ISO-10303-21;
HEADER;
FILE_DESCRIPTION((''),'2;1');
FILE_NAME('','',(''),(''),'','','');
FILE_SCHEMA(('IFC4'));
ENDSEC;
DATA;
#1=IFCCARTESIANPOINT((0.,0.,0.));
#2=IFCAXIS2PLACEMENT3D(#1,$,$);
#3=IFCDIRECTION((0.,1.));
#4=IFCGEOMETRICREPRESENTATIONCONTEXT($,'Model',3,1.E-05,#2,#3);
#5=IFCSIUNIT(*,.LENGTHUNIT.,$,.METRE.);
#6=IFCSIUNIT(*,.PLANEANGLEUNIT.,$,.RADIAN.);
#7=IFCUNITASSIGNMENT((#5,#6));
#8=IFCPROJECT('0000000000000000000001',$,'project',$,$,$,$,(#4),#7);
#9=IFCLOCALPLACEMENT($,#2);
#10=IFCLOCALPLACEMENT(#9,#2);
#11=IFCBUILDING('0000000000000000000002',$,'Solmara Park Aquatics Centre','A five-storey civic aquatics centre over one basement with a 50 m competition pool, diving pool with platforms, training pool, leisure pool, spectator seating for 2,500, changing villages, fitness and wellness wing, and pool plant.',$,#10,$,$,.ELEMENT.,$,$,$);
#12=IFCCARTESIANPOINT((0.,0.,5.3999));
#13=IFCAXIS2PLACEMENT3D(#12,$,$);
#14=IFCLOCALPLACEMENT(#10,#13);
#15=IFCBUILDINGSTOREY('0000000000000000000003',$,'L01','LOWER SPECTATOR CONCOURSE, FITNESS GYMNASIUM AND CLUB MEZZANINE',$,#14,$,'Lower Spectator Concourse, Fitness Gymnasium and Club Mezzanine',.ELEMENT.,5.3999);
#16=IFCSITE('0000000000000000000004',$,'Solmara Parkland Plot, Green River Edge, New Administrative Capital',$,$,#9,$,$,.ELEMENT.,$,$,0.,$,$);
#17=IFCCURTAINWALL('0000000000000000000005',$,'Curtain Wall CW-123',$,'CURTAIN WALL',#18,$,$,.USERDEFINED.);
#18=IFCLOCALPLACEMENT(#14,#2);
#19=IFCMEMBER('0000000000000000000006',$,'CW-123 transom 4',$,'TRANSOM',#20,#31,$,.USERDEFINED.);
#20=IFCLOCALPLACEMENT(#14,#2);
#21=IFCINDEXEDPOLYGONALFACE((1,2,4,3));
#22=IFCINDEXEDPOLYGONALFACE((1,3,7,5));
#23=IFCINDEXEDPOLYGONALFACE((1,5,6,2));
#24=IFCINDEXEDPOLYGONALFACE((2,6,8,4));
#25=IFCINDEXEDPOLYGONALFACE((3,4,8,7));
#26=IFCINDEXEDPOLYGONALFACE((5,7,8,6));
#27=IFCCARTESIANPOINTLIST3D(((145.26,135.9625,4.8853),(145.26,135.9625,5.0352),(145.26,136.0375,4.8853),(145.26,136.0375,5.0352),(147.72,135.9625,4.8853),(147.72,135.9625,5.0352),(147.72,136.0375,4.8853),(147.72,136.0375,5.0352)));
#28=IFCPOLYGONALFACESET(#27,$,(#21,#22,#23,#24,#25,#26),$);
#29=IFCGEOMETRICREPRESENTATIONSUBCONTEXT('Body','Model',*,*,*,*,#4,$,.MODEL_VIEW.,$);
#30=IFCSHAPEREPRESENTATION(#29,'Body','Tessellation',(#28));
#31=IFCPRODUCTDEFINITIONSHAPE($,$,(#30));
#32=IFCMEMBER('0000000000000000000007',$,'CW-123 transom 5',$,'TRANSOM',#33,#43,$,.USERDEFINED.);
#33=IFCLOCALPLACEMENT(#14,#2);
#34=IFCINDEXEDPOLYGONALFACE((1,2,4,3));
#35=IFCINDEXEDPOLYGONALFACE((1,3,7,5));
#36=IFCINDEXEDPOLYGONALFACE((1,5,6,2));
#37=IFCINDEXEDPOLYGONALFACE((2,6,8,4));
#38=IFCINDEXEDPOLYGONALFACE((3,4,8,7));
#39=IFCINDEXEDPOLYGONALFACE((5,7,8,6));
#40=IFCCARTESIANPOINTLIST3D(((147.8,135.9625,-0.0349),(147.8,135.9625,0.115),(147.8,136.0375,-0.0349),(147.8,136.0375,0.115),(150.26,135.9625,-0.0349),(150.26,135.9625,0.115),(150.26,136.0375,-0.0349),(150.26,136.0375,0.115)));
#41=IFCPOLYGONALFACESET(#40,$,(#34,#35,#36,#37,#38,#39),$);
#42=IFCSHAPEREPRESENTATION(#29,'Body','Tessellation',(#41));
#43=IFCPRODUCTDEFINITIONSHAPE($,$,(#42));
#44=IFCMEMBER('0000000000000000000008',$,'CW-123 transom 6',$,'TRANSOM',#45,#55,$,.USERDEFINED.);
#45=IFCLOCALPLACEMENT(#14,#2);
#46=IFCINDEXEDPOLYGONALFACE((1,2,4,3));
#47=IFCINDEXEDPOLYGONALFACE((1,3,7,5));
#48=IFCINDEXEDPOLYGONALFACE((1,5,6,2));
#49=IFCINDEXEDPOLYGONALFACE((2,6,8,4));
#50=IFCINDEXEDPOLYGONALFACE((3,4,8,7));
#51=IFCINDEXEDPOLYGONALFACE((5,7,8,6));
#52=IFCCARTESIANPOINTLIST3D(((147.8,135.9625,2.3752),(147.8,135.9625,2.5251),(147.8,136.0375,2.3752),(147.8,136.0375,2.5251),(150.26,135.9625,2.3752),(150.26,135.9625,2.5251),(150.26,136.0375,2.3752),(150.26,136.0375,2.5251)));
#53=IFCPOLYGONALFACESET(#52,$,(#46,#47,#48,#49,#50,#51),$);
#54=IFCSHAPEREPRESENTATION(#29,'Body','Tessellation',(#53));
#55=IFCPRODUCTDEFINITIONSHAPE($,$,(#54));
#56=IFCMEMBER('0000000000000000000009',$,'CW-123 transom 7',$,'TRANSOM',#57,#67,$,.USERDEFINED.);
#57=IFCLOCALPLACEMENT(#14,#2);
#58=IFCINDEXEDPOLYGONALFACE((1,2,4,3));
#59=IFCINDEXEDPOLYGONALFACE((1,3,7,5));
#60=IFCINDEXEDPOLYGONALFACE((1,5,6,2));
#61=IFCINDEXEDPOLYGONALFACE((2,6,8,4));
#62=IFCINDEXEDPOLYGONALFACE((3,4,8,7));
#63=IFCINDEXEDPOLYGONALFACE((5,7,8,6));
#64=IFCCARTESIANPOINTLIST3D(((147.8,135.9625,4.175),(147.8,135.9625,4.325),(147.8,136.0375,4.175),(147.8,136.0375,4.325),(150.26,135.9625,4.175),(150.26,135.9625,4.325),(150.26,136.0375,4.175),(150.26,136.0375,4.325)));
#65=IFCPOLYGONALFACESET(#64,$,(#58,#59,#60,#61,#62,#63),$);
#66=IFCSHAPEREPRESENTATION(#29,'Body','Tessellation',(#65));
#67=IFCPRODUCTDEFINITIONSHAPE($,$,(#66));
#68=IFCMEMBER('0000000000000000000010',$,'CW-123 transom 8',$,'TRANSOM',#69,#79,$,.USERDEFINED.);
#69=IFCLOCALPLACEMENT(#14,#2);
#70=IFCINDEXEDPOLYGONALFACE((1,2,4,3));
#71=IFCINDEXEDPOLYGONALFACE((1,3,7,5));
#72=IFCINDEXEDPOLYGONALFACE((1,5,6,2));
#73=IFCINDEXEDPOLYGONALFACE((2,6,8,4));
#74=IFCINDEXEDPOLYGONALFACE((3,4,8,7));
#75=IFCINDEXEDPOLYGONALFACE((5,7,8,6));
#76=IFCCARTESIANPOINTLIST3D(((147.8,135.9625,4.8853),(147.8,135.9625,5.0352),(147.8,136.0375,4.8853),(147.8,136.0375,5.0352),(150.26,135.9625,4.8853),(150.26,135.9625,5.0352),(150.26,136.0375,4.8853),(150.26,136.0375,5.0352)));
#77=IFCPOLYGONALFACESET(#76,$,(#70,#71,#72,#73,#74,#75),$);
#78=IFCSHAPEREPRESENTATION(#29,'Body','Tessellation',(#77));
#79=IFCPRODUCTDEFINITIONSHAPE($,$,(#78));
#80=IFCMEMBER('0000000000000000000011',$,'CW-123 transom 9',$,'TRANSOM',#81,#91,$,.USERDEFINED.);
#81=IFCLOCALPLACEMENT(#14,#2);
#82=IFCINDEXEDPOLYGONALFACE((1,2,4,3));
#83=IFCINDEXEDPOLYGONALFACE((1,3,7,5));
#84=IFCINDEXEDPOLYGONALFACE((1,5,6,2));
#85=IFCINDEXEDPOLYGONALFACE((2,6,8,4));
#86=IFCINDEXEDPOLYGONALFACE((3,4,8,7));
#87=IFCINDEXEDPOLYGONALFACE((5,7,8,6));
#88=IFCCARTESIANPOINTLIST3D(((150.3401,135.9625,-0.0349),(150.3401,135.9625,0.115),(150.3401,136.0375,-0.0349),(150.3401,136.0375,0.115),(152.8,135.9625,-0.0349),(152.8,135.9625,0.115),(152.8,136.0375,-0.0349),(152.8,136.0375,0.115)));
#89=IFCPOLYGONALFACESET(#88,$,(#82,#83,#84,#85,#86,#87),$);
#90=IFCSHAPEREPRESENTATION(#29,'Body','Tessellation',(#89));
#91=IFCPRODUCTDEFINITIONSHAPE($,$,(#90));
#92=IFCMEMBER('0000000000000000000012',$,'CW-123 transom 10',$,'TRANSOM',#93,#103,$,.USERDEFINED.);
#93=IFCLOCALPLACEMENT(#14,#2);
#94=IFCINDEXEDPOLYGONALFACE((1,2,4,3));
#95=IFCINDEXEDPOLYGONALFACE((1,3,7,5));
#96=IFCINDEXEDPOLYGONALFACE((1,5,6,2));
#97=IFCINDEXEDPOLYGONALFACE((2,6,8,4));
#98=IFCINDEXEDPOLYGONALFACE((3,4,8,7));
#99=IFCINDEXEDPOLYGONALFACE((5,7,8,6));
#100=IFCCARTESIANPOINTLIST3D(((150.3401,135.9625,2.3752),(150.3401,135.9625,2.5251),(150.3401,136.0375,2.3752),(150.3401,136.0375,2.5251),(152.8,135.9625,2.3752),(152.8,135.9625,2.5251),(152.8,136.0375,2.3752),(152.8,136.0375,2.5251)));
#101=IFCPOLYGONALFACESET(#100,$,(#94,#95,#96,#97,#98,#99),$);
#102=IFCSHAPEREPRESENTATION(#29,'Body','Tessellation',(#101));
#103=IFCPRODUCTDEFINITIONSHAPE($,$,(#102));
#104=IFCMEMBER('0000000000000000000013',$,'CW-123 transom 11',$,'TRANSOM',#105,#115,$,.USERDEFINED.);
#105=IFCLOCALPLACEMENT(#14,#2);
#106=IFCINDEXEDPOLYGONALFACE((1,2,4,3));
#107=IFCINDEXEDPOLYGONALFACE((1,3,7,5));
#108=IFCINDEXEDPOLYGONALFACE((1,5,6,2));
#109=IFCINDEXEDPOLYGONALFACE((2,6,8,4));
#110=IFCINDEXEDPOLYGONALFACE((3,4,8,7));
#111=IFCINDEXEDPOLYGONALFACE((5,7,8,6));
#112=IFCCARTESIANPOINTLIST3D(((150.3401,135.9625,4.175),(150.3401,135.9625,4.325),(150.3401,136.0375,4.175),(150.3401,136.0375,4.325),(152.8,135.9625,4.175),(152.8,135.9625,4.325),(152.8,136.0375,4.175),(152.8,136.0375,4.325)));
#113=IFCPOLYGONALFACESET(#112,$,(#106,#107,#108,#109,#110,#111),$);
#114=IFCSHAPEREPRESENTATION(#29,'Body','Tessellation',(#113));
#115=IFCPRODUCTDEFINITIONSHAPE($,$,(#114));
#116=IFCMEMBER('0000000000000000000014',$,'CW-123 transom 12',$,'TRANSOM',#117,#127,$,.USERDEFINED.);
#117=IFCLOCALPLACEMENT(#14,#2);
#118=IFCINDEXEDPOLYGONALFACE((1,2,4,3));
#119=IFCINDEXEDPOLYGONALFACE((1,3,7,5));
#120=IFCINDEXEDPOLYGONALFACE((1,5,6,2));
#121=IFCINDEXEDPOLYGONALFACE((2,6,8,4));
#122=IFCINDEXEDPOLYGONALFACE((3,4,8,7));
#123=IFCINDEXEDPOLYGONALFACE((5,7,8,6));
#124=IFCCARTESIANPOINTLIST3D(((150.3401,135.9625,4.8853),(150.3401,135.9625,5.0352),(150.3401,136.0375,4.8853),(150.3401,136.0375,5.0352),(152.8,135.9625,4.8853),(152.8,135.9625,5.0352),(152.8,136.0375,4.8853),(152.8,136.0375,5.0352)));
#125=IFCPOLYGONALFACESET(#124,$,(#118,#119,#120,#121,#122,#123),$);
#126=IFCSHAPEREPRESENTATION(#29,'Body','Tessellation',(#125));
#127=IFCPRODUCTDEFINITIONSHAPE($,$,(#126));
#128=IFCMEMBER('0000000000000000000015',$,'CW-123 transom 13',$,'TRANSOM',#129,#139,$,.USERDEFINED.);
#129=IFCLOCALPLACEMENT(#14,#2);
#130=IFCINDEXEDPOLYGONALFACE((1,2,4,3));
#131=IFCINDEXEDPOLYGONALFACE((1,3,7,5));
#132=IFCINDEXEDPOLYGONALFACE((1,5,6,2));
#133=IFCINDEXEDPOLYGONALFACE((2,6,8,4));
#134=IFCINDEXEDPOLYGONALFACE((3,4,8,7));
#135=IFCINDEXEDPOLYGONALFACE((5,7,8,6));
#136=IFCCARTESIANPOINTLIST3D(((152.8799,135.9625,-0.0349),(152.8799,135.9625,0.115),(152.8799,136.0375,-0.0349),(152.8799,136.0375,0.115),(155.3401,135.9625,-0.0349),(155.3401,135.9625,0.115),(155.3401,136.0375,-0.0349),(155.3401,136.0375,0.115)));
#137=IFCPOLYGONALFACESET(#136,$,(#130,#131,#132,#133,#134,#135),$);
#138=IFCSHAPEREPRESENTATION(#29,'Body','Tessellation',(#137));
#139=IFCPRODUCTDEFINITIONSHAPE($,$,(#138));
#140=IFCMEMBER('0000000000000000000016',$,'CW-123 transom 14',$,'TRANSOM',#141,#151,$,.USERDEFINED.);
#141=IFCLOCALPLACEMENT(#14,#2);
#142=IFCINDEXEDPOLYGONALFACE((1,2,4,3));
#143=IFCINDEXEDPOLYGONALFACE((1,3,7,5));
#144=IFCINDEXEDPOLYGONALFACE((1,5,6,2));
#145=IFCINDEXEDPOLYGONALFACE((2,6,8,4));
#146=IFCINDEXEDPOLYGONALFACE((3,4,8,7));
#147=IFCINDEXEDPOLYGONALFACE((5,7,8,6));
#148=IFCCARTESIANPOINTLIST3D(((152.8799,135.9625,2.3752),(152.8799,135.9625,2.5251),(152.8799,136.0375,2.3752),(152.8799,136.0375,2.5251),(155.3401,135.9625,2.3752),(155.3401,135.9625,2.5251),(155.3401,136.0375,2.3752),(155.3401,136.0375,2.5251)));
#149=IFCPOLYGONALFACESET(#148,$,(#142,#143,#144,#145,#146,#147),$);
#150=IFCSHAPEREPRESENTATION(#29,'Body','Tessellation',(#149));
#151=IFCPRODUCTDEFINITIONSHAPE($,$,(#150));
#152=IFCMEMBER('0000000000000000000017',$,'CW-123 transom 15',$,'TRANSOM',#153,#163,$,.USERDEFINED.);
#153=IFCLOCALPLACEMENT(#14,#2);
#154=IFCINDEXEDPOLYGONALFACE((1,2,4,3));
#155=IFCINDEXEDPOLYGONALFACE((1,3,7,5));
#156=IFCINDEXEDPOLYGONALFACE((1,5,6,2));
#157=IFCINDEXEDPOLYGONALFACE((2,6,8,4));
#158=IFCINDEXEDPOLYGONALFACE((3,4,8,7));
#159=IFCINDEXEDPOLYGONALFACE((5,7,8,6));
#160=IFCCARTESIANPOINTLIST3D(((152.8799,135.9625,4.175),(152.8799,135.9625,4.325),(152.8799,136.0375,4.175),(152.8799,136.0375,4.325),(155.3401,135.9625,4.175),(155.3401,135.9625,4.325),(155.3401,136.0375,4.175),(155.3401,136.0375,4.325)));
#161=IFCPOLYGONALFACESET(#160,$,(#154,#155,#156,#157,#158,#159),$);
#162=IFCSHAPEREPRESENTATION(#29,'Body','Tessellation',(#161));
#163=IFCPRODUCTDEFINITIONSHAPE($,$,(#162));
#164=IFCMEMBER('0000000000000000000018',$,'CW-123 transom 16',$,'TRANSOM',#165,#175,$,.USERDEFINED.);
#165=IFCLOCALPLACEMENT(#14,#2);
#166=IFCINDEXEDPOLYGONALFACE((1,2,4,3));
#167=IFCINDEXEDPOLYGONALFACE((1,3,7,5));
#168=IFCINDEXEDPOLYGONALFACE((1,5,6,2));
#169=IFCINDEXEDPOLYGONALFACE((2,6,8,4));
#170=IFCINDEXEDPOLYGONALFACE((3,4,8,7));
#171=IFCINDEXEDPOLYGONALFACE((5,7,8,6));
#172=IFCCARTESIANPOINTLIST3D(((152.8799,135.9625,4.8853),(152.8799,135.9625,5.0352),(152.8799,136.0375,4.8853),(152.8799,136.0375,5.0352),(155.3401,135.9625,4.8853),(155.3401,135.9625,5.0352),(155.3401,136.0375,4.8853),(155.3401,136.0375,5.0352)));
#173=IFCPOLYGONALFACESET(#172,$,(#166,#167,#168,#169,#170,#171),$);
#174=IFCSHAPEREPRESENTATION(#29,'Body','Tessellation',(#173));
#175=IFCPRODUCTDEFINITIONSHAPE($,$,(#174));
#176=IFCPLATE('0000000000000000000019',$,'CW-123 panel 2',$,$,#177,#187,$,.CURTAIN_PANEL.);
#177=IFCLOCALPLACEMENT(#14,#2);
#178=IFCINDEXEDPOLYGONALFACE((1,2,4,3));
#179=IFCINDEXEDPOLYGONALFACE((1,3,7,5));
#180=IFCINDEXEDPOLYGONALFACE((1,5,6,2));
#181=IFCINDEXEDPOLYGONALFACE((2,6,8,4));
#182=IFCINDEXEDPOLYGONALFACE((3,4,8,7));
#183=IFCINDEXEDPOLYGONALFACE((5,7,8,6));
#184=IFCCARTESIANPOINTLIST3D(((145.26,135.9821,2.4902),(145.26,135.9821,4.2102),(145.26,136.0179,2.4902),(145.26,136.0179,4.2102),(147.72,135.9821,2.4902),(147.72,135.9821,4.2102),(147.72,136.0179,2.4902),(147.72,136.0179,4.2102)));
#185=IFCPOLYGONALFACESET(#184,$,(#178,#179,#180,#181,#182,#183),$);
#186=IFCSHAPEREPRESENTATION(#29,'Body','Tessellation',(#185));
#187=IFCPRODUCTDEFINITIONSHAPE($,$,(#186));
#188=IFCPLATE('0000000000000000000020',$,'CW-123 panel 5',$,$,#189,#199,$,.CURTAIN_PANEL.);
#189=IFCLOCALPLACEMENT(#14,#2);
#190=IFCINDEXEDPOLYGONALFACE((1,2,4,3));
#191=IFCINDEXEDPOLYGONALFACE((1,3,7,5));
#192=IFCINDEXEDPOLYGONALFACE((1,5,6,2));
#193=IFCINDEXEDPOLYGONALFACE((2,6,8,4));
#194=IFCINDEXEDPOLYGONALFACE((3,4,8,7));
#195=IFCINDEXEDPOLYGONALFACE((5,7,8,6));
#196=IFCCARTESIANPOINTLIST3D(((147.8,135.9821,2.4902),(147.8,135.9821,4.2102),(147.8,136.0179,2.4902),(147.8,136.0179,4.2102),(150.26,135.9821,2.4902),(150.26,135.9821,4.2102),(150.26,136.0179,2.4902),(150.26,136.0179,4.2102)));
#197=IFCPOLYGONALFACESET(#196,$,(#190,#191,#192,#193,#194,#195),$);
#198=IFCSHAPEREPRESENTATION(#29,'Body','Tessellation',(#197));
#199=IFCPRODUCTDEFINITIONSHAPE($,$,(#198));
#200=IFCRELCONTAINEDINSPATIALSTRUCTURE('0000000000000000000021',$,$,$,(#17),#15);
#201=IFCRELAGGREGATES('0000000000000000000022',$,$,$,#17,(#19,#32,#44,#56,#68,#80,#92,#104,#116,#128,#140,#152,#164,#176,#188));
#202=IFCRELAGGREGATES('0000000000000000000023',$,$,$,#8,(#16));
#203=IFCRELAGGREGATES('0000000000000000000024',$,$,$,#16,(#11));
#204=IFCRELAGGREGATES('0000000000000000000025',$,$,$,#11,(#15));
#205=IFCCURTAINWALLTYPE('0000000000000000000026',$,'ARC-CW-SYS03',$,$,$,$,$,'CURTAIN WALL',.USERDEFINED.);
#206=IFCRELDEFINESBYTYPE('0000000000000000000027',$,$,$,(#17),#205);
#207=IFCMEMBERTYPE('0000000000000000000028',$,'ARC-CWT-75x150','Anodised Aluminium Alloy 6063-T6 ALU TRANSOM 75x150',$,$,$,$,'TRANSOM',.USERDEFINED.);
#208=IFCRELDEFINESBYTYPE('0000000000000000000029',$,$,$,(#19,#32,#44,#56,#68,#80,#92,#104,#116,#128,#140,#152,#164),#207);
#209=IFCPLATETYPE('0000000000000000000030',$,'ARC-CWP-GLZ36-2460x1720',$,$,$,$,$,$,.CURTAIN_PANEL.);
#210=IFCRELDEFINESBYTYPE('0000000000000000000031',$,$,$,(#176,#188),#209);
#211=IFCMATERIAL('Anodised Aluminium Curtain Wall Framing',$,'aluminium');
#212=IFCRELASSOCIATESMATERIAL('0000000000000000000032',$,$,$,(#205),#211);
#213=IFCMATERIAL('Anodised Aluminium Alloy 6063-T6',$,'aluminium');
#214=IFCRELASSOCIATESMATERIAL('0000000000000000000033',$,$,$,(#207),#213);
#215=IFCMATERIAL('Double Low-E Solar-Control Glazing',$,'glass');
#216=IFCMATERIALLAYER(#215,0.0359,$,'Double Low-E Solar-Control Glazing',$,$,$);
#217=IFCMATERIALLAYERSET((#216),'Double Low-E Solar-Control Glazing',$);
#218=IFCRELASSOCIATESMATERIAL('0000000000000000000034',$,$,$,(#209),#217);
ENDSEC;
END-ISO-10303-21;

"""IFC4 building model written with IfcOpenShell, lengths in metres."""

from ifc_helpers import new_model, si_unit, direction, frame, origin, origin_2d, place, context, subcontext, project, spatial, rectangle, extrude, material, layer, layer_set, material_profile, profile_set, type_object, element, aggregate, save


model = new_model("IFC4")

# Units and contexts
model_context = context("Model", 3, precision=1e-05, world=origin(), true_north=direction((0.0, 1.0)))
body_context = subcontext(model_context, "Body", "Model", "MODEL_VIEW")
ifc_project = project(units=[si_unit("LENGTHUNIT", "METRE"), si_unit("PLANEANGLEUNIT", "RADIAN")], contexts=[model_context])

# Site, building, storey
site_placement = place(None, origin())
site = spatial("IfcSite", under=ifc_project, at=site_placement, Name="Solmara Parkland Plot, Green River Edge, New Administrative Capital", CompositionType="ELEMENT", RefElevation=0.0)
building_placement = place(site_placement, origin())
building = spatial("IfcBuilding", under=site, at=building_placement, Name="Solmara Park Aquatics Centre", Description="A five-storey civic aquatics centre over one basement with a 50 m competition pool, diving pool with platforms, training pool, leisure pool, spectator seating for 2,500, changing villages, fitness and wellness wing, and pool plant.", CompositionType="ELEMENT")
storey_placement = place(building_placement, frame((0.0, 0.0, 5.3999)))
storey = spatial("IfcBuildingStorey", under=building, at=storey_placement, Name="L01", Description="LOWER SPECTATOR CONCOURSE, FITNESS GYMNASIUM AND CLUB MEZZANINE", LongName="Lower Spectator Concourse, Fitness Gymnasium and Club Mezzanine", CompositionType="ELEMENT", Elevation=5.3999)

# Curtain wall, members, plates
ifc_material_1 = material(Name="Anodised Aluminium Curtain Wall Framing", Category="aluminium")
curtain_wall_type = type_object("IfcCurtainWallType", Name="ARC-CW-SYS03", ElementType="CURTAIN WALL", PredefinedType="USERDEFINED", material=ifc_material_1)
curtain_wall_placement = place(storey_placement, origin())
curtain_wall = element("IfcCurtainWall", 1, at=curtain_wall_placement, inside=storey, type_object=curtain_wall_type, Name="Curtain Wall CW-123", ObjectType="CURTAIN WALL", PredefinedType="USERDEFINED")
ifc_material_2 = material(Name="Anodised Aluminium Alloy 6063-T6", Category="aluminium")
ifc_material_profile_1 = material_profile(ifc_material_2, rectangle(XDim=0.075, YDim=0.1499, at=origin_2d()), Name="ALU TRANSOM 75x150")
ifc_profile_set_1 = profile_set([ifc_material_profile_1], Name="Anodised Aluminium Alloy 6063-T6")
member_type_1 = type_object("IfcMemberType", Name="ARC-CWT-75x150", Description="Anodised Aluminium Alloy 6063-T6 ALU TRANSOM 75x150", ElementType="TRANSOM", PredefinedType="USERDEFINED", material=ifc_profile_set_1)
member_1_placement = place(storey_placement, frame((145.26, 136.0, 4.9602), z_axis=(1.0, 0.0, 0.0), x_axis=(0.0, 1.0, 0.0)))
member_1 = element("IfcMember", 2, at=member_1_placement, type_object=member_type_1, Name="CW-123 transom 4", ObjectType="TRANSOM", PredefinedType="USERDEFINED", context=body_context, shape_type="SweptSolid", body=[
    extrude(rectangle(XDim=0.075, YDim=0.1499, at=origin_2d()), origin(), (0.0, 0.0, 1.0), 2.46),
])
member_2_placement = place(storey_placement, frame((147.8, 136.0, 0.04), z_axis=(1.0, 0.0, 0.0), x_axis=(0.0, 1.0, 0.0)))
member_2 = element("IfcMember", 3, at=member_2_placement, type_object=member_type_1, Name="CW-123 transom 5", ObjectType="TRANSOM", PredefinedType="USERDEFINED", context=body_context, shape_type="SweptSolid", body=[
    extrude(rectangle(XDim=0.075, YDim=0.1499, at=origin_2d()), origin(), (0.0, 0.0, 1.0), 2.46),
])
member_3_placement = place(storey_placement, frame((147.8, 136.0, 2.4502), z_axis=(1.0, 0.0, 0.0), x_axis=(0.0, 1.0, 0.0)))
member_3 = element("IfcMember", 4, at=member_3_placement, type_object=member_type_1, Name="CW-123 transom 6", ObjectType="TRANSOM", PredefinedType="USERDEFINED", context=body_context, shape_type="SweptSolid", body=[
    extrude(rectangle(XDim=0.075, YDim=0.1499, at=origin_2d()), origin(), (0.0, 0.0, 1.0), 2.46),
])
member_4_placement = place(storey_placement, frame((147.8, 136.0, 4.25), z_axis=(1.0, 0.0, 0.0), x_axis=(0.0, 1.0, 0.0)))
member_4 = element("IfcMember", 5, at=member_4_placement, type_object=member_type_1, Name="CW-123 transom 7", ObjectType="TRANSOM", PredefinedType="USERDEFINED", context=body_context, shape_type="SweptSolid", body=[
    extrude(rectangle(XDim=0.075, YDim=0.1499, at=origin_2d()), origin(), (0.0, 0.0, 1.0), 2.46),
])
member_5_placement = place(storey_placement, frame((147.8, 136.0, 4.9602), z_axis=(1.0, 0.0, 0.0), x_axis=(0.0, 1.0, 0.0)))
member_5 = element("IfcMember", 6, at=member_5_placement, type_object=member_type_1, Name="CW-123 transom 8", ObjectType="TRANSOM", PredefinedType="USERDEFINED", context=body_context, shape_type="SweptSolid", body=[
    extrude(rectangle(XDim=0.075, YDim=0.1499, at=origin_2d()), origin(), (0.0, 0.0, 1.0), 2.46),
])
member_6_placement = place(storey_placement, frame((150.3401, 136.0, 0.04), z_axis=(1.0, 0.0, 0.0), x_axis=(0.0, 1.0, 0.0)))
member_6 = element("IfcMember", 7, at=member_6_placement, type_object=member_type_1, Name="CW-123 transom 9", ObjectType="TRANSOM", PredefinedType="USERDEFINED", context=body_context, shape_type="SweptSolid", body=[
    extrude(rectangle(XDim=0.075, YDim=0.1499, at=origin_2d()), origin(), (0.0, 0.0, 1.0), 2.46),
])
member_7_placement = place(storey_placement, frame((150.3401, 136.0, 2.4502), z_axis=(1.0, 0.0, 0.0), x_axis=(0.0, 1.0, 0.0)))
member_7 = element("IfcMember", 8, at=member_7_placement, type_object=member_type_1, Name="CW-123 transom 10", ObjectType="TRANSOM", PredefinedType="USERDEFINED", context=body_context, shape_type="SweptSolid", body=[
    extrude(rectangle(XDim=0.075, YDim=0.1499, at=origin_2d()), origin(), (0.0, 0.0, 1.0), 2.46),
])
member_8_placement = place(storey_placement, frame((150.3401, 136.0, 4.25), z_axis=(1.0, 0.0, 0.0), x_axis=(0.0, 1.0, 0.0)))
member_8 = element("IfcMember", 9, at=member_8_placement, type_object=member_type_1, Name="CW-123 transom 11", ObjectType="TRANSOM", PredefinedType="USERDEFINED", context=body_context, shape_type="SweptSolid", body=[
    extrude(rectangle(XDim=0.075, YDim=0.1499, at=origin_2d()), origin(), (0.0, 0.0, 1.0), 2.46),
])
member_9_placement = place(storey_placement, frame((150.3401, 136.0, 4.9602), z_axis=(1.0, 0.0, 0.0), x_axis=(0.0, 1.0, 0.0)))
member_9 = element("IfcMember", 10, at=member_9_placement, type_object=member_type_1, Name="CW-123 transom 12", ObjectType="TRANSOM", PredefinedType="USERDEFINED", context=body_context, shape_type="SweptSolid", body=[
    extrude(rectangle(XDim=0.075, YDim=0.1499, at=origin_2d()), origin(), (0.0, 0.0, 1.0), 2.46),
])
member_10_placement = place(storey_placement, frame((152.8799, 136.0, 0.04), z_axis=(1.0, 0.0, 0.0), x_axis=(0.0, 1.0, 0.0)))
member_10 = element("IfcMember", 11, at=member_10_placement, type_object=member_type_1, Name="CW-123 transom 13", ObjectType="TRANSOM", PredefinedType="USERDEFINED", context=body_context, shape_type="SweptSolid", body=[
    extrude(rectangle(XDim=0.075, YDim=0.1499, at=origin_2d()), origin(), (0.0, 0.0, 1.0), 2.4602),
])
member_11_placement = place(storey_placement, frame((152.8799, 136.0, 2.4502), z_axis=(1.0, 0.0, 0.0), x_axis=(0.0, 1.0, 0.0)))
member_11 = element("IfcMember", 12, at=member_11_placement, type_object=member_type_1, Name="CW-123 transom 14", ObjectType="TRANSOM", PredefinedType="USERDEFINED", context=body_context, shape_type="SweptSolid", body=[
    extrude(rectangle(XDim=0.075, YDim=0.1499, at=origin_2d()), origin(), (0.0, 0.0, 1.0), 2.4602),
])
member_12_placement = place(storey_placement, frame((152.8799, 136.0, 4.25), z_axis=(1.0, 0.0, 0.0), x_axis=(0.0, 1.0, 0.0)))
member_12 = element("IfcMember", 13, at=member_12_placement, type_object=member_type_1, Name="CW-123 transom 15", ObjectType="TRANSOM", PredefinedType="USERDEFINED", context=body_context, shape_type="SweptSolid", body=[
    extrude(rectangle(XDim=0.075, YDim=0.1499, at=origin_2d()), origin(), (0.0, 0.0, 1.0), 2.4602),
])
member_13_placement = place(storey_placement, frame((152.8799, 136.0, 4.9602), z_axis=(1.0, 0.0, 0.0), x_axis=(0.0, 1.0, 0.0)))
member_13 = element("IfcMember", 14, at=member_13_placement, type_object=member_type_1, Name="CW-123 transom 16", ObjectType="TRANSOM", PredefinedType="USERDEFINED", context=body_context, shape_type="SweptSolid", body=[
    extrude(rectangle(XDim=0.075, YDim=0.1499, at=origin_2d()), origin(), (0.0, 0.0, 1.0), 2.4602),
])
ifc_material_3 = material(Name="Double Low-E Solar-Control Glazing", Category="glass")
ifc_layer_1 = layer(ifc_material_3, 0.0359, Name="Double Low-E Solar-Control Glazing")
ifc_layer_set_1 = layer_set([ifc_layer_1], Name="Double Low-E Solar-Control Glazing")
plate_type_1 = type_object("IfcPlateType", Name="ARC-CWP-GLZ36-2460x1720", PredefinedType="CURTAIN_PANEL", material=ifc_layer_set_1)
plate_1_placement = place(storey_placement, frame((146.49, 136.0, 2.4902), z_axis=(0.0, 0.0, 1.0), x_axis=(1.0, 0.0, 0.0)))
plate_1 = element("IfcPlate", 15, at=plate_1_placement, type_object=plate_type_1, Name="CW-123 panel 2", PredefinedType="CURTAIN_PANEL", context=body_context, shape_type="SweptSolid", body=[
    extrude(rectangle(XDim=2.46, YDim=0.0359, at=origin_2d()), origin(), (0.0, 0.0, 1.0), 1.72),
])
plate_2_placement = place(storey_placement, frame((149.03, 136.0, 2.4902), z_axis=(0.0, 0.0, 1.0), x_axis=(1.0, 0.0, 0.0)))
plate_2 = element("IfcPlate", 16, at=plate_2_placement, type_object=plate_type_1, Name="CW-123 panel 5", PredefinedType="CURTAIN_PANEL", context=body_context, shape_type="SweptSolid", body=[
    extrude(rectangle(XDim=2.46, YDim=0.0359, at=origin_2d()), origin(), (0.0, 0.0, 1.0), 1.72),
])
aggregate(curtain_wall, [member_1, member_2, member_3, member_4, member_5, member_6, member_7, member_8, member_9, member_10, member_11, member_12, member_13, plate_1, plate_2])

save(model, "model.ifc")
